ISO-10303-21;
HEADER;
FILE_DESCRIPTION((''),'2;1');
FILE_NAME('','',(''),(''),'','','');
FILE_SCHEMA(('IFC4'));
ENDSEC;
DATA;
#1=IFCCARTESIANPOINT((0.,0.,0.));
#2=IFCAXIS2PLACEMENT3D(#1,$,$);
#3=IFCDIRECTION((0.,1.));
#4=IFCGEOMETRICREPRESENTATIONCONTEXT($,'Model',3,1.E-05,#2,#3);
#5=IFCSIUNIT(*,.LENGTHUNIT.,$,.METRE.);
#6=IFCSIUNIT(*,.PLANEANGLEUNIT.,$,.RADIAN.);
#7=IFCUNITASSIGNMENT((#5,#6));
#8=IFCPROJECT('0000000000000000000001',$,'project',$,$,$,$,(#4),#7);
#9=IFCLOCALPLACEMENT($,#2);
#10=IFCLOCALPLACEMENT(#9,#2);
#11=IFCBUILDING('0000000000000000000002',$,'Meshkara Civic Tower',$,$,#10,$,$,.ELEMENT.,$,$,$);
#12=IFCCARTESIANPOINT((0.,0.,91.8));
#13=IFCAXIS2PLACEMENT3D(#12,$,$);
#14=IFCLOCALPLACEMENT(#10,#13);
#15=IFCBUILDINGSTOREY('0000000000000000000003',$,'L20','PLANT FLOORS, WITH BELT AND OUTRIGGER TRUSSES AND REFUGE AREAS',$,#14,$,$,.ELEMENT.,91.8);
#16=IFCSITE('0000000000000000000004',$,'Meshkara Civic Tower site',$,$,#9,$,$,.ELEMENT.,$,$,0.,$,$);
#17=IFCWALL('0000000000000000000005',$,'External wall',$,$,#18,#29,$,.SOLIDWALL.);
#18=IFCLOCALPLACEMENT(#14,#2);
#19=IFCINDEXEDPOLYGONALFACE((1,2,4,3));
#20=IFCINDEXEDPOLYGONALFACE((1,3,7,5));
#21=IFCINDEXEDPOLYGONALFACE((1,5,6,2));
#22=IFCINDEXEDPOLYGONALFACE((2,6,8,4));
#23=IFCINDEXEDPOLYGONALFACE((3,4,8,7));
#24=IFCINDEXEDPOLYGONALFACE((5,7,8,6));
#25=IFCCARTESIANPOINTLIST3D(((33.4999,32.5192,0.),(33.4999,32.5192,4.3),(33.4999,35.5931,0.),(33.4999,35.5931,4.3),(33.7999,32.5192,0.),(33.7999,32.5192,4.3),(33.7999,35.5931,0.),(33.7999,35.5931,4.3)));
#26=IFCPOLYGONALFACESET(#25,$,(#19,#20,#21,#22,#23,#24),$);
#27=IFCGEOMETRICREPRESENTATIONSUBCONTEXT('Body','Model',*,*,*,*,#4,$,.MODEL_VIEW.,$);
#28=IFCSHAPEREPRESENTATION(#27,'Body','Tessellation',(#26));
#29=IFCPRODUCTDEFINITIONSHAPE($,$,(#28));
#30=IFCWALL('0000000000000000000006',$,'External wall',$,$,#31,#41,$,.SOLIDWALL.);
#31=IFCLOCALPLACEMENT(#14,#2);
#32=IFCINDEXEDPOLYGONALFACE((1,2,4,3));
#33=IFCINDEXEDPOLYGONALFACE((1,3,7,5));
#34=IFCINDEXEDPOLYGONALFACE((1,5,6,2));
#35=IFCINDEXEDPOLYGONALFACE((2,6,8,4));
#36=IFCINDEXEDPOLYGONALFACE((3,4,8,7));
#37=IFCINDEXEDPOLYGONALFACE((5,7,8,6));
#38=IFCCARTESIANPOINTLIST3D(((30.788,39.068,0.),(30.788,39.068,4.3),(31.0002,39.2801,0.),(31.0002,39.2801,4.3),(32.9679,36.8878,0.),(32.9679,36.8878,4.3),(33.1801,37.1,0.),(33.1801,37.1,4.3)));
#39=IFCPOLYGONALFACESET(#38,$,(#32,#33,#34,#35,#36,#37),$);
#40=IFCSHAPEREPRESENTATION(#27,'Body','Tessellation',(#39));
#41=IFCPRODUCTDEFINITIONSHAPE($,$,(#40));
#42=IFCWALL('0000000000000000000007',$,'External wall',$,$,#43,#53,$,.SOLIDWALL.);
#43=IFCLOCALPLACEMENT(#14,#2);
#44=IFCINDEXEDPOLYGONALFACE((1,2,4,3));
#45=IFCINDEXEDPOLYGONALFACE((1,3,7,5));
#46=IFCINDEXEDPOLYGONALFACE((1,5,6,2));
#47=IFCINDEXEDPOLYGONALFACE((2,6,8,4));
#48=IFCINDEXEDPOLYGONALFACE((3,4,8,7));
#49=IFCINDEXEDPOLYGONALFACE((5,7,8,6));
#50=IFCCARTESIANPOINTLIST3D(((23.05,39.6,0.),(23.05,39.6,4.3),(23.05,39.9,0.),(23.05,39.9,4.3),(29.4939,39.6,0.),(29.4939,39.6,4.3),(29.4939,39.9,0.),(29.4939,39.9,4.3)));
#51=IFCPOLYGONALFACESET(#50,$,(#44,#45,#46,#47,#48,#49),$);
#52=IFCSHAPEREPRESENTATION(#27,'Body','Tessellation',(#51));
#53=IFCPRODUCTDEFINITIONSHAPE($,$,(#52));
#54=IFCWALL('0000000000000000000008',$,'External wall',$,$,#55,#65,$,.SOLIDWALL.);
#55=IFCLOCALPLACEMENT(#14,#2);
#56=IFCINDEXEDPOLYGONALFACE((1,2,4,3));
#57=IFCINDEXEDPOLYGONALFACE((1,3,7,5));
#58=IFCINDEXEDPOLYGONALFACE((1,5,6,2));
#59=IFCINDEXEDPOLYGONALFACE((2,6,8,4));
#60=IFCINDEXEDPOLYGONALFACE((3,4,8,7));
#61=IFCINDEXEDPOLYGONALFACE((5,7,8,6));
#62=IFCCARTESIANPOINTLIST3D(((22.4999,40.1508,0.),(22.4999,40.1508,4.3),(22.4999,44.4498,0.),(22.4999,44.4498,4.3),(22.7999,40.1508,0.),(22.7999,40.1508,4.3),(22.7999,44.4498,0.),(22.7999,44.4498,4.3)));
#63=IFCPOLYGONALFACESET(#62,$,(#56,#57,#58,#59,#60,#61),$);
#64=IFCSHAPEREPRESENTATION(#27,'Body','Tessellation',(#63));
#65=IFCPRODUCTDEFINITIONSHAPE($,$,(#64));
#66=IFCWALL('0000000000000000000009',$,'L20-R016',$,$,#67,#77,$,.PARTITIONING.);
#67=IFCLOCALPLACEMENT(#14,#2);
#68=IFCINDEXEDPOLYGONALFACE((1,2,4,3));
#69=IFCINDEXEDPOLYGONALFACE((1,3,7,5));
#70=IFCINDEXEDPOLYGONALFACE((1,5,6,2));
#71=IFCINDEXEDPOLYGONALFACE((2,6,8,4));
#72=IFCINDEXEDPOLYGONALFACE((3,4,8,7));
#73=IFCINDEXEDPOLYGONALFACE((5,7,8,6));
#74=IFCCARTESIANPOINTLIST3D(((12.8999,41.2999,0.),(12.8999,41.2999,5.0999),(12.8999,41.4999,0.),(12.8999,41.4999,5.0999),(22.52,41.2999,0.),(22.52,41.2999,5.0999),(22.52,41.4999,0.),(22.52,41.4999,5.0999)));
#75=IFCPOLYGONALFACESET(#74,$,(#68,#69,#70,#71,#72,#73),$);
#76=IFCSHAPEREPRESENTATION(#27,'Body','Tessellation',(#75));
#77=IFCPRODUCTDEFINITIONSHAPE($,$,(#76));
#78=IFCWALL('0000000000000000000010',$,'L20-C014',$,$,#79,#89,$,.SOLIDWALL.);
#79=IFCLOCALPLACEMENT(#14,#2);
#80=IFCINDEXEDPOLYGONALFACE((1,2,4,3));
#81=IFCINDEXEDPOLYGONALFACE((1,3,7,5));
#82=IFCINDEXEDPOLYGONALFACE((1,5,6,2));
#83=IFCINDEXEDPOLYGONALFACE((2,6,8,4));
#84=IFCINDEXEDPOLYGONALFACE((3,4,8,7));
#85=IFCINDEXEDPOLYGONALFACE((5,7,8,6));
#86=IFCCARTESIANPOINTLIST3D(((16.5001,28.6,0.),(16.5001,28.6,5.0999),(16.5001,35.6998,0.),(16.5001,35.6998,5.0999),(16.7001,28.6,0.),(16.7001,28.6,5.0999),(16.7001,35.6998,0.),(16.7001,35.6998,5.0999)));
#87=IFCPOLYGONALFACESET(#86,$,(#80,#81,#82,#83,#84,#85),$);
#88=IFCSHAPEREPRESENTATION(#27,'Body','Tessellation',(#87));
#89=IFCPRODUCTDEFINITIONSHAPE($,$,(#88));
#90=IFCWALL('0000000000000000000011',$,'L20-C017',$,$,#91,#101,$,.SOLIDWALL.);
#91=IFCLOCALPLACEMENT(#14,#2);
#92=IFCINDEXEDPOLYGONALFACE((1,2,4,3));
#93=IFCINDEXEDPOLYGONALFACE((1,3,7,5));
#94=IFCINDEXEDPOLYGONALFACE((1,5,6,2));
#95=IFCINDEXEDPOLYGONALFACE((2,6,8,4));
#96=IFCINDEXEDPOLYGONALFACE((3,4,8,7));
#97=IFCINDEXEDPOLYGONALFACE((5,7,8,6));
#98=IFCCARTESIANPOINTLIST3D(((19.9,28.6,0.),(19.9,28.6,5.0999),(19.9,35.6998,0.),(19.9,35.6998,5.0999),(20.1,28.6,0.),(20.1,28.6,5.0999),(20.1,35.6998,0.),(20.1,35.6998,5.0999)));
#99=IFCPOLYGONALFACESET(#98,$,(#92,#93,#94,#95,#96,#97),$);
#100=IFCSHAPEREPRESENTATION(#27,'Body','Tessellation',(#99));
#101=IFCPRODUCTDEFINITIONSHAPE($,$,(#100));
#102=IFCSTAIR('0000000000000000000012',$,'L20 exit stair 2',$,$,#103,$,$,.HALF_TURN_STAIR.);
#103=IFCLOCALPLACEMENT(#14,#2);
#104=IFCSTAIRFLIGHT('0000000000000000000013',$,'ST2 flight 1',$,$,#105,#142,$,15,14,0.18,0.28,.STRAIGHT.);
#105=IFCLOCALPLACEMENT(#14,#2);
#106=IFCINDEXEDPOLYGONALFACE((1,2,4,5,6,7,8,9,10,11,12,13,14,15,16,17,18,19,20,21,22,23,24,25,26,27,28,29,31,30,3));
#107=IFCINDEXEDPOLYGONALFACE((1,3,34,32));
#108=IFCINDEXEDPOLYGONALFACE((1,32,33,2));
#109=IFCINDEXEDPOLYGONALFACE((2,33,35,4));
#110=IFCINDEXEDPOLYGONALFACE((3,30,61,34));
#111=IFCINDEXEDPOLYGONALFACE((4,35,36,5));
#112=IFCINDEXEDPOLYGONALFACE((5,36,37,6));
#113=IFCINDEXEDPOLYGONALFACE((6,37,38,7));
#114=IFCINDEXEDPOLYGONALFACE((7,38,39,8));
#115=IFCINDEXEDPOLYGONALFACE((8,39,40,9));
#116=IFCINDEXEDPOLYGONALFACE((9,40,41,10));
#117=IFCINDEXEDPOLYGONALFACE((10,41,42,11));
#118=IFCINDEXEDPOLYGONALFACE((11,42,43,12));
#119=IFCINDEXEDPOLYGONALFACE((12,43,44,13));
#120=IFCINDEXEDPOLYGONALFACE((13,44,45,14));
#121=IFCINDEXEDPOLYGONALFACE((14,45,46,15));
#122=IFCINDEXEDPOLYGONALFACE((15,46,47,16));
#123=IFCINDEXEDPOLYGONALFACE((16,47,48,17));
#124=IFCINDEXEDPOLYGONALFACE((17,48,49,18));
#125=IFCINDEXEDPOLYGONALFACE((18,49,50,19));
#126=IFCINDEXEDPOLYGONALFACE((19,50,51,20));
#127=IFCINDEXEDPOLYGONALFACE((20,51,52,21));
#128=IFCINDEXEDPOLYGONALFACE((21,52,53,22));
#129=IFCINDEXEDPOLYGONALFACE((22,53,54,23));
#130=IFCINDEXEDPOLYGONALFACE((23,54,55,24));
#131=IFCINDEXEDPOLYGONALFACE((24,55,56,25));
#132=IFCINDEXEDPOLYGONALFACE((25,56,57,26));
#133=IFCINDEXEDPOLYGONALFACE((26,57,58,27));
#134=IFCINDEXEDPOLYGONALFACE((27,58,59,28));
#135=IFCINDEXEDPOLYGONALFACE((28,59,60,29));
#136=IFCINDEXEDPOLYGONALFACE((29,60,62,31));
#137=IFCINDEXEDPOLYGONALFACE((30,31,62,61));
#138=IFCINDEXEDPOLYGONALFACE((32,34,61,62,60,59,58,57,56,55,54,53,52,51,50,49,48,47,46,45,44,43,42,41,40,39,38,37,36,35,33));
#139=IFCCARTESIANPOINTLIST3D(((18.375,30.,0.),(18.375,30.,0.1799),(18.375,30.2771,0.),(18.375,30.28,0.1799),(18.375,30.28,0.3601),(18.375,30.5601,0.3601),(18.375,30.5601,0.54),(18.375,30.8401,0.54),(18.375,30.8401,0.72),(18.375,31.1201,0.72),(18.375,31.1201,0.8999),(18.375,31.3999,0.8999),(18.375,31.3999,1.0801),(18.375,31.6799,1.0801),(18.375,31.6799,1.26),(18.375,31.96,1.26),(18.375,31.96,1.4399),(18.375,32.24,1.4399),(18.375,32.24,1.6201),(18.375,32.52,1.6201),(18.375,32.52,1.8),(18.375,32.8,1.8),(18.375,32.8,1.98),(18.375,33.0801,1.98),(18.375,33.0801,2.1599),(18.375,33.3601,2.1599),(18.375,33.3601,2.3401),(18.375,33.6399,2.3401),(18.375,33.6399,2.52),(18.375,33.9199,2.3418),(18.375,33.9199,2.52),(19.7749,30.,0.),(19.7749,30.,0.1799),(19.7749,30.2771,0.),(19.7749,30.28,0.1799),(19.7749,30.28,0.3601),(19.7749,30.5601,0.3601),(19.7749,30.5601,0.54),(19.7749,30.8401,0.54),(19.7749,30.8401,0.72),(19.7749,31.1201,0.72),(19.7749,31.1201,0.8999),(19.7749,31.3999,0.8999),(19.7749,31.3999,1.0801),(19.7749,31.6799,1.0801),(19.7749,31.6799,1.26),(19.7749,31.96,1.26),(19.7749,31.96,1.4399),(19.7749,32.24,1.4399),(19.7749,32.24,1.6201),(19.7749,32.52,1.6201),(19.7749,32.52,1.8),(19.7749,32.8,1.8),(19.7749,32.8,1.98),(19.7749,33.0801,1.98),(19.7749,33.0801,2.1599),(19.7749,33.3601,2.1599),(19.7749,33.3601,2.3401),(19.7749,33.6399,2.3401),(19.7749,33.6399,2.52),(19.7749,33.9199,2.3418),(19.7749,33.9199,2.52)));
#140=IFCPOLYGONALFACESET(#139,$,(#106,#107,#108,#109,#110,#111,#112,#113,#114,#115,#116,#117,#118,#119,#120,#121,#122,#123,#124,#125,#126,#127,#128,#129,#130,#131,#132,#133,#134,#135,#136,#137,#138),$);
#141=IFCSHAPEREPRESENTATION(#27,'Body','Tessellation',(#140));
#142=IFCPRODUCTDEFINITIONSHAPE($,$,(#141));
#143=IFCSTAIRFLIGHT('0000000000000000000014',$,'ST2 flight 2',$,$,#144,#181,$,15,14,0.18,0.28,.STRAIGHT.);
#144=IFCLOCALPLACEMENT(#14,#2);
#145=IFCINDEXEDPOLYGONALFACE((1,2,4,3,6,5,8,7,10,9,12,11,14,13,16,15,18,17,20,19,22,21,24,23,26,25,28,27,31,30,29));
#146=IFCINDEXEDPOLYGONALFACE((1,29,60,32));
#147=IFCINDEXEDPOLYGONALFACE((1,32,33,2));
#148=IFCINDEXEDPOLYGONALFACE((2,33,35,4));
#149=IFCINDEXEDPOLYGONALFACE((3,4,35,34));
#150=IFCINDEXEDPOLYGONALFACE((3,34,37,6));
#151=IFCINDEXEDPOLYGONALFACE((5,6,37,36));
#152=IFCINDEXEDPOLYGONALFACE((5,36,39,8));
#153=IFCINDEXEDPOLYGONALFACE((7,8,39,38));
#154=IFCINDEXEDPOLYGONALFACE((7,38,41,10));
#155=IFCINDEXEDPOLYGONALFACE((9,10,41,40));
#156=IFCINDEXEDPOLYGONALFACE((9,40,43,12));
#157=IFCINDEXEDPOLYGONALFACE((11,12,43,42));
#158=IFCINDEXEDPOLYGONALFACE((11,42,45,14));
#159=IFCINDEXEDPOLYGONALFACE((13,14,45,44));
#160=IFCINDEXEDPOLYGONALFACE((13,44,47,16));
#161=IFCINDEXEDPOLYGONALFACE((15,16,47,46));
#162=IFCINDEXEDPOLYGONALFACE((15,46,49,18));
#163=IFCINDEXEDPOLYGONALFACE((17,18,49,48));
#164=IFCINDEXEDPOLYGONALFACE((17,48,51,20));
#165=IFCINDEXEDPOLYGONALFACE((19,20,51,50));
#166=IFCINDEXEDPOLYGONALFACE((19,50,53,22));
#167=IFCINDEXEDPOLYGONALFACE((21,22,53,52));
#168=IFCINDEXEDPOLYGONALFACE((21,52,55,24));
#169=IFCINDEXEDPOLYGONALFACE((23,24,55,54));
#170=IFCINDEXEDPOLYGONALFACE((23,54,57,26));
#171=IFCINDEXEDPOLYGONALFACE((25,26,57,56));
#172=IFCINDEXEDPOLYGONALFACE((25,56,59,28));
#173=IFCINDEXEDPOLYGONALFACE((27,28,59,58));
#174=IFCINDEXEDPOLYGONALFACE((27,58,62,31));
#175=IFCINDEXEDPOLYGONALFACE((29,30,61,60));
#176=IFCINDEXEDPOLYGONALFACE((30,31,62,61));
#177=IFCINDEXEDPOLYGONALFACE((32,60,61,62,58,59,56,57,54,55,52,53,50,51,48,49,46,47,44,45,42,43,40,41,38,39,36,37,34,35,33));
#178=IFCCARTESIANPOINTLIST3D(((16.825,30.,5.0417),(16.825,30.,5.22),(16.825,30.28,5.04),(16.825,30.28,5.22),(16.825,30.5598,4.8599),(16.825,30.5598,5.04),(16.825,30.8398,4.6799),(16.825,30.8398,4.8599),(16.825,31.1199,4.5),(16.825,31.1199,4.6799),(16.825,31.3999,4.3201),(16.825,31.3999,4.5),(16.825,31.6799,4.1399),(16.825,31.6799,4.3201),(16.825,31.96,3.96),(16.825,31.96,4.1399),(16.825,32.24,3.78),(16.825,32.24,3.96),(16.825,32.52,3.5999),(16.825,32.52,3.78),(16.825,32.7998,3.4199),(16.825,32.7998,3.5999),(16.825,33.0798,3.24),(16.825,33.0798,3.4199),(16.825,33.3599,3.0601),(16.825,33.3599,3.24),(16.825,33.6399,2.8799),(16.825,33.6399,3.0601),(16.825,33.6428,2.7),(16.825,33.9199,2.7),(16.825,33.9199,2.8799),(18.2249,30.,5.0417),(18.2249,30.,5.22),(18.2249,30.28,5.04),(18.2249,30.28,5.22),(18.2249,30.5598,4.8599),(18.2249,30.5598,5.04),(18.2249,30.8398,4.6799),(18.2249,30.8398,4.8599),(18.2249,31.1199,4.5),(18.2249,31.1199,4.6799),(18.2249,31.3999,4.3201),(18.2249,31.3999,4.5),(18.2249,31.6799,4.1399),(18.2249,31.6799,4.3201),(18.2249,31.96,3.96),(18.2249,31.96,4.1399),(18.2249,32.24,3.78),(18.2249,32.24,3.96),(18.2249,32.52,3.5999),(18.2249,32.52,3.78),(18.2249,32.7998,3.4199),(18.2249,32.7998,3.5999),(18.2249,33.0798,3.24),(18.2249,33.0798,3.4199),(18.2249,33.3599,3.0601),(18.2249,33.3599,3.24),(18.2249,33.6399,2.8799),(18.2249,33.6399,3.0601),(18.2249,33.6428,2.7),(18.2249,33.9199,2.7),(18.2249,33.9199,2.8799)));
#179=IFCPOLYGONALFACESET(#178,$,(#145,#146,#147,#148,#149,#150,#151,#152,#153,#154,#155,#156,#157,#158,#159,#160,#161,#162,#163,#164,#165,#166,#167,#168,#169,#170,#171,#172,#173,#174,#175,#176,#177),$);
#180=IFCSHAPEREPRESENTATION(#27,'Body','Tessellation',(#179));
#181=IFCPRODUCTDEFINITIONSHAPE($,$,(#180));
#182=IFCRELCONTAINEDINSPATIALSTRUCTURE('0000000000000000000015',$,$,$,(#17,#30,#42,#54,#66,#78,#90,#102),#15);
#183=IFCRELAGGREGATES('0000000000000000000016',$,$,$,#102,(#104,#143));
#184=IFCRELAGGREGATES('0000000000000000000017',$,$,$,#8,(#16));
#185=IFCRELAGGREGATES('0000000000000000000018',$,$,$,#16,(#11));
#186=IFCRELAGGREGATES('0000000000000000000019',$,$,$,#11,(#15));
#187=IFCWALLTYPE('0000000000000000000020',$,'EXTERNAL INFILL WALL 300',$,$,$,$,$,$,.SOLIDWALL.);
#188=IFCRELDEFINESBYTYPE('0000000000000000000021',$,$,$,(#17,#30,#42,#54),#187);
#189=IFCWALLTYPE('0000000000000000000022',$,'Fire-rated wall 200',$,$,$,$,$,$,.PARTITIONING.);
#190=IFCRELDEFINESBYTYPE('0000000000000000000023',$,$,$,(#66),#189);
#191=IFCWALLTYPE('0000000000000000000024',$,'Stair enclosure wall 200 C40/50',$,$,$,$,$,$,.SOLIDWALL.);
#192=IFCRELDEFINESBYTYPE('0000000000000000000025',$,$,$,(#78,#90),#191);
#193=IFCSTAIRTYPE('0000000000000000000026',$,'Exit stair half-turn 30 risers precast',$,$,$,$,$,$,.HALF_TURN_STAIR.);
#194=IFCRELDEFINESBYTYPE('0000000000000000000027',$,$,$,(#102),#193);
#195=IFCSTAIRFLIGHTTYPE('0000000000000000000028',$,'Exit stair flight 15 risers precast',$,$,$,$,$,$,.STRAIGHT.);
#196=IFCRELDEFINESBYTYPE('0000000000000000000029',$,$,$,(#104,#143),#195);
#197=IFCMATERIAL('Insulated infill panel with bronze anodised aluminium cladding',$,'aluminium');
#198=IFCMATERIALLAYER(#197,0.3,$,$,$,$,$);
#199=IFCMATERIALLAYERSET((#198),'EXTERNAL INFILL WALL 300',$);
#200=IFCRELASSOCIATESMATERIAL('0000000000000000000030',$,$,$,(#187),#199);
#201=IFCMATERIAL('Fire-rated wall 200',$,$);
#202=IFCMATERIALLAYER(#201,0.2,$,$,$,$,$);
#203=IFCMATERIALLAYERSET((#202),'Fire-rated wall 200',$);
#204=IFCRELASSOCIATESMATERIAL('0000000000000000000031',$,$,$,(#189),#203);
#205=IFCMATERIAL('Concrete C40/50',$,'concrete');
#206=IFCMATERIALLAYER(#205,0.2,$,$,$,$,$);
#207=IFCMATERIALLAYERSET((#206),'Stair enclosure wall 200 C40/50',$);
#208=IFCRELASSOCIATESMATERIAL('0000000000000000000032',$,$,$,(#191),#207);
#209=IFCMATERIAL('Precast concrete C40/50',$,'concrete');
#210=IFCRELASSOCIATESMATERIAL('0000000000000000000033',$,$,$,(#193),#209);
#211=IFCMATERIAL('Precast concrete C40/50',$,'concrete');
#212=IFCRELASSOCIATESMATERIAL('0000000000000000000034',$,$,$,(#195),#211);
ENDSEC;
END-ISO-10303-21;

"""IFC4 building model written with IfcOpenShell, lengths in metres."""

from ifc_helpers import new_model, si_unit, direction, frame, frame_2d, origin, place, context, subcontext, project, spatial, polyline, rectangle, outline, extrude, material, layer, layer_set, type_object, element, aggregate, save


model = new_model("IFC4")

# Units and contexts
model_context = context("Model", 3, precision=1e-05, world=origin(), true_north=direction((0.0, 1.0)))
body_context = subcontext(model_context, "Body", "Model", "MODEL_VIEW")
ifc_project = project(units=[si_unit("LENGTHUNIT", "METRE"), si_unit("PLANEANGLEUNIT", "RADIAN")], contexts=[model_context])

# Site, building, storey
site_placement = place(None, origin())
site = spatial("IfcSite", under=ifc_project, at=site_placement, Name="Meshkara Civic Tower site", CompositionType="ELEMENT", RefElevation=0.0)
building_placement = place(site_placement, origin())
building = spatial("IfcBuilding", under=site, at=building_placement, Name="Meshkara Civic Tower", CompositionType="ELEMENT")
storey_placement = place(building_placement, frame((0.0, 0.0, 91.8)))
storey = spatial("IfcBuildingStorey", under=building, at=storey_placement, Name="L20", Description="PLANT FLOORS, WITH BELT AND OUTRIGGER TRUSSES AND REFUGE AREAS", CompositionType="ELEMENT", Elevation=91.8)

# Walls
ifc_material_1 = material(Name="Insulated infill panel with bronze anodised aluminium cladding", Category="aluminium")
ifc_layer_1 = layer(ifc_material_1, 0.3)
ifc_layer_set_1 = layer_set([ifc_layer_1], Name="EXTERNAL INFILL WALL 300")
wall_type_1 = type_object("IfcWallType", Name="EXTERNAL INFILL WALL 300", PredefinedType="SOLIDWALL", material=ifc_layer_set_1)
wall_1_placement = place(storey_placement, frame((33.6499, 32.519, 0.0), z_axis=(0.0, 0.0, 1.0), x_axis=(0.0, 1.0, 0.0)))
element("IfcWall", 1, at=wall_1_placement, inside=storey, type_object=wall_type_1, Name="External wall", PredefinedType="SOLIDWALL", context=body_context, shape_type="SweptSolid", body=[
    extrude(rectangle(XDim=3.074, YDim=0.3, at=frame_2d((1.5371, 0.0))), origin(), (0.0, 0.0, 1.0), 4.3),
])
wall_2_placement = place(storey_placement, frame((33.074, 36.9939, 0.0), z_axis=(0.0, 0.0, 1.0), x_axis=(-0.707067, 0.707146, 0.0)))
element("IfcWall", 2, at=wall_2_placement, inside=storey, type_object=wall_type_1, Name="External wall", PredefinedType="SOLIDWALL", context=body_context, shape_type="SweptSolid", body=[
    extrude(rectangle(XDim=3.083, YDim=0.3, at=frame_2d((1.5415, 0.0))), origin(), (0.0, 0.0, 1.0), 4.3),
])
wall_3_placement = place(storey_placement, frame((29.4939, 39.75, 0.0), z_axis=(0.0, 0.0, 1.0), x_axis=(-1.0, 0.0, 0.0)))
element("IfcWall", 3, at=wall_3_placement, inside=storey, type_object=wall_type_1, Name="External wall", PredefinedType="SOLIDWALL", context=body_context, shape_type="SweptSolid", body=[
    extrude(rectangle(XDim=6.4438, YDim=0.3, at=frame_2d((3.2219, 0.0))), origin(), (0.0, 0.0, 1.0), 4.3),
])
wall_4_placement = place(storey_placement, frame((22.6499, 40.1509, 0.0), z_axis=(0.0, 0.0, 1.0), x_axis=(0.0, 1.0, 0.0)))
element("IfcWall", 4, at=wall_4_placement, inside=storey, type_object=wall_type_1, Name="External wall", PredefinedType="SOLIDWALL", context=body_context, shape_type="SweptSolid", body=[
    extrude(rectangle(XDim=4.2991, YDim=0.3, at=frame_2d((2.1494, 0.0))), origin(), (0.0, 0.0, 1.0), 4.3),
])
ifc_material_2 = material(Name="Fire-rated wall 200")
ifc_layer_2 = layer(ifc_material_2, 0.2)
ifc_layer_set_2 = layer_set([ifc_layer_2], Name="Fire-rated wall 200")
wall_type_2 = type_object("IfcWallType", Name="Fire-rated wall 200", PredefinedType="PARTITIONING", material=ifc_layer_set_2)
wall_5_placement = place(storey_placement, frame((22.52, 41.3999, 0.0), z_axis=(0.0, 0.0, 1.0), x_axis=(-1.0, 0.0, 0.0)))
element("IfcWall", 5, at=wall_5_placement, inside=storey, type_object=wall_type_2, Name="L20-R016", PredefinedType="PARTITIONING", context=body_context, shape_type="SweptSolid", body=[
    extrude(rectangle(XDim=9.6201, YDim=0.2, at=frame_2d((4.8101, 0.0))), origin(), (0.0, 0.0, 1.0), 5.0999),
])
ifc_material_3 = material(Name="Concrete C40/50", Category="concrete")
ifc_layer_3 = layer(ifc_material_3, 0.2)
ifc_layer_set_3 = layer_set([ifc_layer_3], Name="Stair enclosure wall 200 C40/50")
wall_type_3 = type_object("IfcWallType", Name="Stair enclosure wall 200 C40/50", PredefinedType="SOLIDWALL", material=ifc_layer_set_3)
for number, where, z_axis, x_axis, name in (
    (6, (16.6001, 28.6001, 0.0), (0.0, 0.0, 1.0), (0.0, 1.0, 0.0), "L20-C014"),
    (7, (20.0, 28.6001, 0.0), (0.0, 0.0, 1.0), (0.0, 1.0, 0.0), "L20-C017"),
):
    element("IfcWall", number, at=place(storey_placement, frame(where, z_axis=z_axis, x_axis=x_axis)), inside=storey, type_object=wall_type_3, Name=name, PredefinedType="SOLIDWALL", context=body_context, shape_type="SweptSolid", body=[
        extrude(rectangle(XDim=7.0999, YDim=0.2, at=frame_2d((3.5498, 0.0))), origin(), (0.0, 0.0, 1.0), 5.0999),
    ])

# Stair, stair flights
ifc_material_4 = material(Name="Precast concrete C40/50", Category="concrete")
stair_type = type_object("IfcStairType", Name="Exit stair half-turn 30 risers precast", PredefinedType="HALF_TURN_STAIR", material=ifc_material_4)
stair_placement = place(storey_placement, origin())
stair = element("IfcStair", 8, at=stair_placement, inside=storey, type_object=stair_type, Name="L20 exit stair 2", PredefinedType="HALF_TURN_STAIR")
ifc_material_5 = material(Name="Precast concrete C40/50", Category="concrete")
stair_flight_type = type_object("IfcStairFlightType", Name="Exit stair flight 15 risers precast", PredefinedType="STRAIGHT", material=ifc_material_5)
stair_flight_1_placement = place(storey_placement, frame((19.075, 30.0, 0.0), z_axis=(0.0, 0.0, 1.0), x_axis=(0.0, 1.0, 0.0)))
stair_flight_1 = element("IfcStairFlight", 9, at=stair_flight_1_placement, type_object=stair_flight_type, Name="ST2 flight 1", NumberOfRisers=15, NumberOfTreads=14, PredefinedType="STRAIGHT", RiserHeight=0.18, TreadLength=0.28, context=body_context, shape_type="SweptSolid", body=[
    extrude(outline(polyline([(0.0, 0.0), (0.0, 0.1799), (0.28, 0.1799), (0.28, 0.3601), (0.5601, 0.3601), (0.5601, 0.54), (0.8401, 0.54), (0.8401, 0.72), (1.1201, 0.72), (1.1201, 0.8999), (1.3999, 0.8999), (1.3999, 1.0801), (1.6799, 1.0801), (1.6799, 1.26), (1.96, 1.26), (1.96, 1.4399), (2.24, 1.4399), (2.24, 1.6201), (2.52, 1.6201), (2.52, 1.8), (2.8, 1.8), (2.8, 1.98), (3.0801, 1.98), (3.0801, 2.1599), (3.3601, 2.1599), (3.3601, 2.3401), (3.6399, 2.3401), (3.6399, 2.52), (3.9199, 2.52), (3.9199, 2.7), (3.9199, 2.3418), (0.2771, 0.0), (0.0, 0.0)])), frame((0.0, 0.7, 0.0), z_axis=(0.0, -1.0, 0.0), x_axis=(1.0, 0.0, 0.0)), (0.0, 0.0, 1.0), 1.3999),
])
stair_flight_2_placement = place(storey_placement, frame((17.5249, 33.9199, 2.7), z_axis=(0.0, 0.0, 1.0), x_axis=(0.0, -1.0, 0.0)))
stair_flight_2 = element("IfcStairFlight", 10, at=stair_flight_2_placement, type_object=stair_flight_type, Name="ST2 flight 2", NumberOfRisers=15, NumberOfTreads=14, PredefinedType="STRAIGHT", RiserHeight=0.18, TreadLength=0.28, context=body_context, shape_type="SweptSolid", body=[
    extrude(outline(polyline([(0.0, 0.0), (0.0, 0.1799), (0.28, 0.1799), (0.28, 0.3601), (0.5601, 0.3601), (0.5601, 0.54), (0.8401, 0.54), (0.8401, 0.72), (1.1201, 0.72), (1.1201, 0.8999), (1.3999, 0.8999), (1.3999, 1.0801), (1.6799, 1.0801), (1.6799, 1.26), (1.96, 1.26), (1.96, 1.4399), (2.24, 1.4399), (2.24, 1.6201), (2.52, 1.6201), (2.52, 1.8), (2.8, 1.8), (2.8, 1.98), (3.0801, 1.98), (3.0801, 2.1599), (3.3601, 2.1599), (3.3601, 2.3401), (3.6399, 2.3401), (3.6399, 2.52), (3.9199, 2.52), (3.9199, 2.7), (3.9199, 2.3418), (0.2771, 0.0), (0.0, 0.0)])), frame((0.0, 0.7, 0.0), z_axis=(0.0, -1.0, 0.0), x_axis=(1.0, 0.0, 0.0)), (0.0, 0.0, 1.0), 1.3999),
])
aggregate(stair, [stair_flight_1, stair_flight_2])

save(model, "model.ifc")
